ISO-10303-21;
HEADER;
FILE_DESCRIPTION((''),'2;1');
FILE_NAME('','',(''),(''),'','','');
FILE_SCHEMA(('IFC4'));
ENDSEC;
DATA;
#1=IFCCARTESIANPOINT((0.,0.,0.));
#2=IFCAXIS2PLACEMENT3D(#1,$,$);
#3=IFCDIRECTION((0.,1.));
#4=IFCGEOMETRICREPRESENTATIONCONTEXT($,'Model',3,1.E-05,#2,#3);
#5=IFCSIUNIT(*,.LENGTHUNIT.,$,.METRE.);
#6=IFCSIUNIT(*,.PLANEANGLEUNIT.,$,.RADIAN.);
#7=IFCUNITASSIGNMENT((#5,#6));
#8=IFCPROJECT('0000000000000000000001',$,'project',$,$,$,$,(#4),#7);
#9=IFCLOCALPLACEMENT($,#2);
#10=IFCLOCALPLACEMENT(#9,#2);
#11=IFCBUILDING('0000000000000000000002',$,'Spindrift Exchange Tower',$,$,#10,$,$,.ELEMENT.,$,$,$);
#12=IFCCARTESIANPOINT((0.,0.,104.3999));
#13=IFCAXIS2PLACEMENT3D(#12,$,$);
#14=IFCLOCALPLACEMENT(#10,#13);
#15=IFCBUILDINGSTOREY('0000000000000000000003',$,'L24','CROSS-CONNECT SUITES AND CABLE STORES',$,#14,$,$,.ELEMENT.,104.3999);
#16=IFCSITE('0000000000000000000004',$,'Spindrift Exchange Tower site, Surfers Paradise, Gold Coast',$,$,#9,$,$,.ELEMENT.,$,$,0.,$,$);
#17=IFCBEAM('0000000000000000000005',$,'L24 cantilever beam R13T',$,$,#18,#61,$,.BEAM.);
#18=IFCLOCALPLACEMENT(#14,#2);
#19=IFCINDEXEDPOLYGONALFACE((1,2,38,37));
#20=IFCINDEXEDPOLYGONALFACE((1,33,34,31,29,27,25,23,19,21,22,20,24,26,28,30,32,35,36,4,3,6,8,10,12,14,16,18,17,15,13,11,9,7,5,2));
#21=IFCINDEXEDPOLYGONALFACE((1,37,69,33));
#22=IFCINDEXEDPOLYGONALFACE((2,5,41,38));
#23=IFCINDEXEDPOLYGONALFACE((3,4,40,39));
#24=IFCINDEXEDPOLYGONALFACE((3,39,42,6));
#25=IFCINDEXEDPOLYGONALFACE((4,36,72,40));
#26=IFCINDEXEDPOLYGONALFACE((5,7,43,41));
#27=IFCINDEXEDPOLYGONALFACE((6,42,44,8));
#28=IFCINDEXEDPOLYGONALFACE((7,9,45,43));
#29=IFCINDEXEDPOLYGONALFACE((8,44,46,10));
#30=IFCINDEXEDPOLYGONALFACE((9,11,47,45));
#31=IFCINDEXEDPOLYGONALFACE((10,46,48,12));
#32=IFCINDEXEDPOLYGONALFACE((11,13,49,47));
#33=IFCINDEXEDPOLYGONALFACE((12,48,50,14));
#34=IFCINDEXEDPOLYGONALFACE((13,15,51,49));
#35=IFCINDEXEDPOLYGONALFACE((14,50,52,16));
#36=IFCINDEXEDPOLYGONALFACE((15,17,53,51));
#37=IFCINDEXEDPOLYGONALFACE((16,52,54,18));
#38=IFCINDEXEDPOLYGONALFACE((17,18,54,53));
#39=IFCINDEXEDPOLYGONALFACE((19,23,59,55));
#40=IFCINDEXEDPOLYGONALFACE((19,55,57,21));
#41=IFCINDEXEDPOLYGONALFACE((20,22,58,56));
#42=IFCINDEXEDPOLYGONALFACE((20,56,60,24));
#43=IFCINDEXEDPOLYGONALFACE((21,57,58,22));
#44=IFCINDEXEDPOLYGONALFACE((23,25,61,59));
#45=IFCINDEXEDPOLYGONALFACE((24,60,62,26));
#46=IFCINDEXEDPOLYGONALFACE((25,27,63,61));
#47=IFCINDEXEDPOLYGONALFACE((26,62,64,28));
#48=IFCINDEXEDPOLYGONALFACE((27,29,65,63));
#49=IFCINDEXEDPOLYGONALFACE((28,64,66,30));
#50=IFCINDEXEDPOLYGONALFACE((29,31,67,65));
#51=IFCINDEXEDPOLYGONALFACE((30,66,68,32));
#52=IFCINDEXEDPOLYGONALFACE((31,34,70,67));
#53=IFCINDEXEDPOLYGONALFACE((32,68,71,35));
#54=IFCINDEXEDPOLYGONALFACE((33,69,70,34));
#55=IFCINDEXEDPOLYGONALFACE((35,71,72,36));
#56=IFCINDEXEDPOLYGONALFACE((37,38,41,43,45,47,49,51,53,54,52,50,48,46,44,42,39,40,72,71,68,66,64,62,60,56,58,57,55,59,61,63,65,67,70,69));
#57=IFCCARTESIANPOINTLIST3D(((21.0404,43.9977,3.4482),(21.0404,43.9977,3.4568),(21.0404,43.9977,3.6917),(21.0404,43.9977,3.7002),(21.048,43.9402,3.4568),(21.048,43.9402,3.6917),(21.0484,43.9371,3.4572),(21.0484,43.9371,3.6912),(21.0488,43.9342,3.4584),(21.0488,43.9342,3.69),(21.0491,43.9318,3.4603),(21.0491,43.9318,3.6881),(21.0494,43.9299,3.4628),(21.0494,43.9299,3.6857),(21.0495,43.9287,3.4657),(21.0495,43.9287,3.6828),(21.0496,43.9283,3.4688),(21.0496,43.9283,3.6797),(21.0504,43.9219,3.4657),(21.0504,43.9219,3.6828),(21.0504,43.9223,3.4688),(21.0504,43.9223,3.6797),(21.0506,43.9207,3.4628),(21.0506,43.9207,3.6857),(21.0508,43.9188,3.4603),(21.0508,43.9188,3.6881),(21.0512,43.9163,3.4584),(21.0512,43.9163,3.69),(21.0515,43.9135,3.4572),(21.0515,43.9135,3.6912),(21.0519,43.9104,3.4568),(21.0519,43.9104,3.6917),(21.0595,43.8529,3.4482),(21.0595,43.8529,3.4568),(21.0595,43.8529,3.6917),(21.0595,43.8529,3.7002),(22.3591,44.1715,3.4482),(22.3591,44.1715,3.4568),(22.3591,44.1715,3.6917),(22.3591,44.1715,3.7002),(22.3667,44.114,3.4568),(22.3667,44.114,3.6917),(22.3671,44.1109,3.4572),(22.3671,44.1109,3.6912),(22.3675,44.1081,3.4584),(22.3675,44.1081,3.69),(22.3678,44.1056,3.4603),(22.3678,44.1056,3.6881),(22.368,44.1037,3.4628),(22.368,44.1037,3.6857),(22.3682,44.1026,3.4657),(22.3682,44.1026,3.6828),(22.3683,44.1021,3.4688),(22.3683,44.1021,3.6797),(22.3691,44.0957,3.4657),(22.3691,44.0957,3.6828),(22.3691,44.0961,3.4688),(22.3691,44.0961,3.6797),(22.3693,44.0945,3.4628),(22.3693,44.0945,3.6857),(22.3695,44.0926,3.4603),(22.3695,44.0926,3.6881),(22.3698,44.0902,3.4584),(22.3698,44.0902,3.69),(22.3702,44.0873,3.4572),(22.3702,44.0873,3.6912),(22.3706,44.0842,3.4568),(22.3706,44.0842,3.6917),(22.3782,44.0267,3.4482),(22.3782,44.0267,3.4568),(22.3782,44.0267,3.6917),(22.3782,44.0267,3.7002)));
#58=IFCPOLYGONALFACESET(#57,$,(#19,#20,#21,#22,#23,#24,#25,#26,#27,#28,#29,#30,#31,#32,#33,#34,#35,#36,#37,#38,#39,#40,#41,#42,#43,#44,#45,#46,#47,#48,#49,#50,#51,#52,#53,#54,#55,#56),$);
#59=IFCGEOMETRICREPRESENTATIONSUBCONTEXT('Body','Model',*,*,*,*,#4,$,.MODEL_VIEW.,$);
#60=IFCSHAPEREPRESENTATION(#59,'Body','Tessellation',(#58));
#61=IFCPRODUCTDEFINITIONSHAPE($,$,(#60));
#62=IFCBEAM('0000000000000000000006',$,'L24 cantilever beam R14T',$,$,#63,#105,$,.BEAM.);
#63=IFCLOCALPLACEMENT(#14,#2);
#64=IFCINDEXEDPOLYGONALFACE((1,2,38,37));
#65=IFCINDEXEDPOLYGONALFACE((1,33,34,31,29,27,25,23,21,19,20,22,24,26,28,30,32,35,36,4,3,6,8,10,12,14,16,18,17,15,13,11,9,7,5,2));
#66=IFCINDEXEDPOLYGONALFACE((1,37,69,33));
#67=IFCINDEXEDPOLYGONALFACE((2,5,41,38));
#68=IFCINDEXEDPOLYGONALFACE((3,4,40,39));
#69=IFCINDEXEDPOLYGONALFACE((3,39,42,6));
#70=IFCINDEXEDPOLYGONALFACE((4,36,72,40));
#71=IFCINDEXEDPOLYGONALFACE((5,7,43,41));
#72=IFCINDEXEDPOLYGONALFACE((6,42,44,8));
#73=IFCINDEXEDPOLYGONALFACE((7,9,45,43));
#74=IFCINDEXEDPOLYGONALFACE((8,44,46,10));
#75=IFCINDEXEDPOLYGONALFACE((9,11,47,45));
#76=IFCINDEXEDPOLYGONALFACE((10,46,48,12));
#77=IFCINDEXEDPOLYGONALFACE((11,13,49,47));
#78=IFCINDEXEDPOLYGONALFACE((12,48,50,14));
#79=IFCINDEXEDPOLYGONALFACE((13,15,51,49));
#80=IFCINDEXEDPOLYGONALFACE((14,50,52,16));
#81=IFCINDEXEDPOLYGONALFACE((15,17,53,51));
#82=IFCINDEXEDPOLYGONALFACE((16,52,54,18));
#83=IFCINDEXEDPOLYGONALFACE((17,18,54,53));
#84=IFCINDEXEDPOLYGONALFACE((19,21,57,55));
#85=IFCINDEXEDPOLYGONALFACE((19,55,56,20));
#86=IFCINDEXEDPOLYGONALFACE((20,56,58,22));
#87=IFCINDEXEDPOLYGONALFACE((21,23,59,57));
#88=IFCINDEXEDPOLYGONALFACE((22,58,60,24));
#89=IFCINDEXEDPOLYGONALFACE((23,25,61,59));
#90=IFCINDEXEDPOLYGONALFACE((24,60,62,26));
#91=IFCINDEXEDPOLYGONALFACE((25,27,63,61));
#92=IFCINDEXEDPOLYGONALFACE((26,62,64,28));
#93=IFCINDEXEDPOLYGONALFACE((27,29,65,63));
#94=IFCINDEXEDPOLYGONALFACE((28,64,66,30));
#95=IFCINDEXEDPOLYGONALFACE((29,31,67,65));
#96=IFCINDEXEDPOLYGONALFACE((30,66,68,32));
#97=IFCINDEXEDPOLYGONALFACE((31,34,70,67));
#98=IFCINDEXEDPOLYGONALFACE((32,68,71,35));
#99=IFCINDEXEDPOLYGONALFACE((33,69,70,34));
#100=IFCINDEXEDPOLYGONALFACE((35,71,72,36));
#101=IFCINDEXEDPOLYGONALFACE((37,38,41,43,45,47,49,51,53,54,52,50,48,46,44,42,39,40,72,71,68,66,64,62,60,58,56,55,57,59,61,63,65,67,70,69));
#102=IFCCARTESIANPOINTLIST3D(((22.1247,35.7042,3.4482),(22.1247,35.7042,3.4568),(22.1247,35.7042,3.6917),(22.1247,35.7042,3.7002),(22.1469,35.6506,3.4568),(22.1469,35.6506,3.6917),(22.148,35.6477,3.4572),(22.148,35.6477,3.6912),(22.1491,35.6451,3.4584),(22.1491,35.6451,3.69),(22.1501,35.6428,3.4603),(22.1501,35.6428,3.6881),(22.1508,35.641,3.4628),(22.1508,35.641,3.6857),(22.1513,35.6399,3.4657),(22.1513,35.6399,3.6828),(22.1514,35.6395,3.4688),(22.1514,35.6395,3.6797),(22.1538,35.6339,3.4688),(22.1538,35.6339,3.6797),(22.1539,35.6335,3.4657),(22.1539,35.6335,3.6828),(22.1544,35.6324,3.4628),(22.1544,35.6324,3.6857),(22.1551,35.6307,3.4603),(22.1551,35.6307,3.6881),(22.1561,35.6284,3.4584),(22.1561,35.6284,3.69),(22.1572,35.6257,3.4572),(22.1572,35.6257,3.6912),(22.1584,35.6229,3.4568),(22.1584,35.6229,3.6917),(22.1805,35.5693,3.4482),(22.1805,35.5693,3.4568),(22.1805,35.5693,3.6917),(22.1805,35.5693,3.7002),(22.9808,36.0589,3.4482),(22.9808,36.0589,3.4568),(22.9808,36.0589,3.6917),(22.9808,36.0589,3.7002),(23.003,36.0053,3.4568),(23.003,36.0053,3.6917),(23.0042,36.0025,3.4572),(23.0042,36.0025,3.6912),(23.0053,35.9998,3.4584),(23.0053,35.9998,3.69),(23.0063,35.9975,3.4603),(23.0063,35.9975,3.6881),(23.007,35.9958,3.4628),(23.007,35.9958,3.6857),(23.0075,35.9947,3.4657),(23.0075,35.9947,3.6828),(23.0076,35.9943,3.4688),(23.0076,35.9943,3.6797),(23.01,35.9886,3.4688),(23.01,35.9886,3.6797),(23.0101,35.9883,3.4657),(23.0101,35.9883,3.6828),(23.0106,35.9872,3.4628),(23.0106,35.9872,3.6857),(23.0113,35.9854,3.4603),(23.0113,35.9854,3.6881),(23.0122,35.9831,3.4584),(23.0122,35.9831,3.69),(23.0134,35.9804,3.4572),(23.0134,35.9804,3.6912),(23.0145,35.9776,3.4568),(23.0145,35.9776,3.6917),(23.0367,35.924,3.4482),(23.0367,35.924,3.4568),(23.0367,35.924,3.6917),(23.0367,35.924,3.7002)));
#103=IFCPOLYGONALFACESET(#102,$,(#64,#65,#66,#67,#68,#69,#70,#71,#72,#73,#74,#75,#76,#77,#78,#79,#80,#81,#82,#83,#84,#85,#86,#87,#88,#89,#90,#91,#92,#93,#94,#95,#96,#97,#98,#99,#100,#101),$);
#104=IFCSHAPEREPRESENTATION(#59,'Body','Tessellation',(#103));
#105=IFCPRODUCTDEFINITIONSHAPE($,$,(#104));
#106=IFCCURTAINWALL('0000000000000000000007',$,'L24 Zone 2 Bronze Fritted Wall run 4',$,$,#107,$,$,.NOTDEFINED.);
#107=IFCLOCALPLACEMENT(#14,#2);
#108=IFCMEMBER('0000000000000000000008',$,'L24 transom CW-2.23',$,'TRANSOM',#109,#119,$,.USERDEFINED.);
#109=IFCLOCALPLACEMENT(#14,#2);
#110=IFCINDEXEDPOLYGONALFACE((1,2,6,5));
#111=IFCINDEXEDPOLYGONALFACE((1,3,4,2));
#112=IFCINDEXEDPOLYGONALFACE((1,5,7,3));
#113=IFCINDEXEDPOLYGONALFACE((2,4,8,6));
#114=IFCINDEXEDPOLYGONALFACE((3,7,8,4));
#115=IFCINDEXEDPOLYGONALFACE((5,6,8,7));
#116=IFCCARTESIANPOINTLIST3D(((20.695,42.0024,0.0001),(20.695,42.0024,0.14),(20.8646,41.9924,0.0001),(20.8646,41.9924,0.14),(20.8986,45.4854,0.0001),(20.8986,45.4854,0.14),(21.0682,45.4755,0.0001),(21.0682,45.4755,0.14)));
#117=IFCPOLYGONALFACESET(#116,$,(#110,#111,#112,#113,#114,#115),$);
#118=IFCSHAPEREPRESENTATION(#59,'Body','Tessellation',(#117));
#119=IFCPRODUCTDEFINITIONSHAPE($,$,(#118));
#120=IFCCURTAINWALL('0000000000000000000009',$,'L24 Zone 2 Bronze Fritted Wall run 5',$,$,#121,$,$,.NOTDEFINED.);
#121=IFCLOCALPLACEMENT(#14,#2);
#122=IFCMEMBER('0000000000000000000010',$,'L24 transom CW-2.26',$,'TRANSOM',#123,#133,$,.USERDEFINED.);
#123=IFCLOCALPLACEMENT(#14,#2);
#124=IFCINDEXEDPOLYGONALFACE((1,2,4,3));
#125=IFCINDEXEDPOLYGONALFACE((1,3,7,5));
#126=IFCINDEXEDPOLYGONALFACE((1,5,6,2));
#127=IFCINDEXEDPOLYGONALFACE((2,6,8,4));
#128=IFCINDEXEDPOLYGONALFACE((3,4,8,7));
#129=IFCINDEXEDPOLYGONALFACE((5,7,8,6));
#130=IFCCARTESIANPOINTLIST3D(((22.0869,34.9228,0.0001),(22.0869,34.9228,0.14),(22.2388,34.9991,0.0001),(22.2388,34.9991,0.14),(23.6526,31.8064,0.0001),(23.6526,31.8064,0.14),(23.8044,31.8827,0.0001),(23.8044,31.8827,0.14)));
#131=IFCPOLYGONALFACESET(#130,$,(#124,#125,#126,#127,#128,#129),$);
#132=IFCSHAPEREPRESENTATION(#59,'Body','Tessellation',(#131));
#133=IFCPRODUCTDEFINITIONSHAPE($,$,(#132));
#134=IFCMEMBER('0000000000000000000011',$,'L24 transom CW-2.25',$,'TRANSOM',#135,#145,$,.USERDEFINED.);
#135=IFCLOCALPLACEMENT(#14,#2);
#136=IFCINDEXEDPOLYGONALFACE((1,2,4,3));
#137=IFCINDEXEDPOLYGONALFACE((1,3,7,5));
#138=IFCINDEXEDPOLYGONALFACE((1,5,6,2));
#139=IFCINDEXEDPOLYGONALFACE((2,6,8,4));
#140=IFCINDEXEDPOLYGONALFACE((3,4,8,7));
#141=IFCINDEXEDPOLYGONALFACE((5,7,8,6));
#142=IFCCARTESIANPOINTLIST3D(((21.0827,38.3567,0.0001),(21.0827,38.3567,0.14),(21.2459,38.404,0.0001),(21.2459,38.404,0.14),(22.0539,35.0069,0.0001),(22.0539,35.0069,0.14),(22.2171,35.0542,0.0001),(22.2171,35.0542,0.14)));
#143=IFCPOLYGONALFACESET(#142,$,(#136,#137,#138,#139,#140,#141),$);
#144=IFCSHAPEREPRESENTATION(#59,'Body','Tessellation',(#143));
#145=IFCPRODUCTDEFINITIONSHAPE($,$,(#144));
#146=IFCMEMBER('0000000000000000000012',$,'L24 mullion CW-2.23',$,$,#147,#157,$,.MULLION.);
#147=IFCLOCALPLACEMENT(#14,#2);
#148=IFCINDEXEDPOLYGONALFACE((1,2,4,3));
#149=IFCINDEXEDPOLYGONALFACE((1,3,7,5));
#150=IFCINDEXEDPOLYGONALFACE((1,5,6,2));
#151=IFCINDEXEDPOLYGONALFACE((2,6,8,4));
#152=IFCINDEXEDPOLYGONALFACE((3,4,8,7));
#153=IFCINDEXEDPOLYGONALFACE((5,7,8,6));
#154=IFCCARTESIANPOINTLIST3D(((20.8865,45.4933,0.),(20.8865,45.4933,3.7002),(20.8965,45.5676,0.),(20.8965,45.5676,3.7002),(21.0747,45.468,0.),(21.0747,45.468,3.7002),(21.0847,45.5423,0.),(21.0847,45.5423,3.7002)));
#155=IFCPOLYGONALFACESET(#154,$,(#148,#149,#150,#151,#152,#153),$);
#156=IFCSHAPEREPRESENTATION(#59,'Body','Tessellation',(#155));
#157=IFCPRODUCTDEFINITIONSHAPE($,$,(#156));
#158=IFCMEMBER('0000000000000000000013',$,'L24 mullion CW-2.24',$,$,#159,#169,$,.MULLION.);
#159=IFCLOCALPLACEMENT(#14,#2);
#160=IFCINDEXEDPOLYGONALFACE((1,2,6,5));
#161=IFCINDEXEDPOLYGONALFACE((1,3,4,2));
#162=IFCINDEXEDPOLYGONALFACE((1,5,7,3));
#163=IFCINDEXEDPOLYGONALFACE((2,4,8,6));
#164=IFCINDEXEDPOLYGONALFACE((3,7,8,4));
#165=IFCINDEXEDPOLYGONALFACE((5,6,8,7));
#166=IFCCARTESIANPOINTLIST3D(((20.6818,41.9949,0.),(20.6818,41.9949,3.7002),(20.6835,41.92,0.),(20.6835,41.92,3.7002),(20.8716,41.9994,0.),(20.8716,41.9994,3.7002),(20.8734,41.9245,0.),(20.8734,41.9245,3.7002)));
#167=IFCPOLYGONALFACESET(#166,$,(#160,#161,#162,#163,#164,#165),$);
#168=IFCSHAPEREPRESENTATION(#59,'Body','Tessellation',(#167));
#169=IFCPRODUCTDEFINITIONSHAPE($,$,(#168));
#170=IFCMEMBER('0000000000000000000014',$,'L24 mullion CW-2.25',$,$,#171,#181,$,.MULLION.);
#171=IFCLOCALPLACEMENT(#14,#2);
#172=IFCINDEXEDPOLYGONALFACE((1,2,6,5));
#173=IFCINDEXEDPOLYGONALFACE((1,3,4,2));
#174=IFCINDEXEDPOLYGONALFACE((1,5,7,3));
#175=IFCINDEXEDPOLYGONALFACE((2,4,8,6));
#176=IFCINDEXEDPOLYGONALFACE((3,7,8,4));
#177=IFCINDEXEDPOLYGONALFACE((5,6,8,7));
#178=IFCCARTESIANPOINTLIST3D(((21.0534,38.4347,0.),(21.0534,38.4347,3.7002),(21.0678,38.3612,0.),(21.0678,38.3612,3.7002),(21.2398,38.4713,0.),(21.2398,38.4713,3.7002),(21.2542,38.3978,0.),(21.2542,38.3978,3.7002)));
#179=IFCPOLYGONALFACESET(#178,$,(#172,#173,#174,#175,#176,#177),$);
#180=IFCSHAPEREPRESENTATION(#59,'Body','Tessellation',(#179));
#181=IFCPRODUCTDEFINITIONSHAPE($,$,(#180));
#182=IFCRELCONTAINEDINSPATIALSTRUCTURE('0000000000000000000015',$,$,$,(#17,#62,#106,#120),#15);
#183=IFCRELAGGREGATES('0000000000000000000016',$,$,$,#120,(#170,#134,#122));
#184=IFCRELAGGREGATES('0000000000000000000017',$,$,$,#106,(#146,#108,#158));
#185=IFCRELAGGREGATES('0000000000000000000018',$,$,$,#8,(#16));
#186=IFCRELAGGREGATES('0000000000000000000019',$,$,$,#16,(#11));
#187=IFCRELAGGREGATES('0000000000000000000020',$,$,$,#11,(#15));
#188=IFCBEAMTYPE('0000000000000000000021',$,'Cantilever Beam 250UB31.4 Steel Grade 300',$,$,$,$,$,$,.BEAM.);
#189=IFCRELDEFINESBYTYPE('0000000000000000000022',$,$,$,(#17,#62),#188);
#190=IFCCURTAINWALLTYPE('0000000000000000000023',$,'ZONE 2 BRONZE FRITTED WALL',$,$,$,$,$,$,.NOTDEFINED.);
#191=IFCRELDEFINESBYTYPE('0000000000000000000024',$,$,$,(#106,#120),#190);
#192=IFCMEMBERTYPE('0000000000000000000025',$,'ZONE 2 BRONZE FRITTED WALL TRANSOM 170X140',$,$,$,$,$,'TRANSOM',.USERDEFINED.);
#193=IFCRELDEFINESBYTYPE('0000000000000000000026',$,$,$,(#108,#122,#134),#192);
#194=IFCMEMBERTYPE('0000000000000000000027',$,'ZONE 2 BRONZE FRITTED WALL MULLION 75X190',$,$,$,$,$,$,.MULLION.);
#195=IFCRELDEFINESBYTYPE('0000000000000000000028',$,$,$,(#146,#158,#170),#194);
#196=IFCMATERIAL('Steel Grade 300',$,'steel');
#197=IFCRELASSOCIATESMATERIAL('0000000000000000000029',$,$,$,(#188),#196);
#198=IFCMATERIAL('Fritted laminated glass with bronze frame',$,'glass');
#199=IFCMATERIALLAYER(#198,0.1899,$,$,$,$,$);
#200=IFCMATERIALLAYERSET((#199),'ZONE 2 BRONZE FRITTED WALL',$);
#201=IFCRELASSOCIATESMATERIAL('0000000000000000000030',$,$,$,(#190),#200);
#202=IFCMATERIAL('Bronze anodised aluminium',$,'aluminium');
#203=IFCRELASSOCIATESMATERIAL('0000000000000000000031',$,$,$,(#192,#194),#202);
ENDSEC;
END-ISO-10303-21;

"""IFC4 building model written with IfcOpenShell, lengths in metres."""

from ifc_helpers import new_model, si_unit, direction, frame, origin, origin_2d, place, context, subcontext, project, spatial, rectangle, i_section, extrude, source, transform, mapped, material, layer, layer_set, material_profile, profile_set, type_object, element, aggregate, save


model = new_model("IFC4")

# Units and contexts
model_context = context("Model", 3, precision=1e-05, world=origin(), true_north=direction((0.0, 1.0)))
body_context = subcontext(model_context, "Body", "Model", "MODEL_VIEW")
ifc_project = project(units=[si_unit("LENGTHUNIT", "METRE"), si_unit("PLANEANGLEUNIT", "RADIAN")], contexts=[model_context])

# Site, building, storey
site_placement = place(None, origin())
site = spatial("IfcSite", under=ifc_project, at=site_placement, Name="Spindrift Exchange Tower site, Surfers Paradise, Gold Coast", CompositionType="ELEMENT", RefElevation=0.0)
building_placement = place(site_placement, origin())
building = spatial("IfcBuilding", under=site, at=building_placement, Name="Spindrift Exchange Tower", CompositionType="ELEMENT")
storey_placement = place(building_placement, frame((0.0, 0.0, 104.3999)))
storey = spatial("IfcBuildingStorey", under=building, at=storey_placement, Name="L24", Description="CROSS-CONNECT SUITES AND CABLE STORES", CompositionType="ELEMENT", Elevation=104.3999)

# Beams
ifc_material_1 = material(Name="Steel Grade 300", Category="steel")
ifc_material_profile_1 = material_profile(ifc_material_1, i_section(OverallWidth=0.146, OverallDepth=0.252, WebThickness=0.0061, FlangeThickness=0.0085, FilletRadius=0.012, at=origin_2d()), Name="250UB31.4")
ifc_profile_set_1 = profile_set([ifc_material_profile_1], Name="Steel Grade 300")
beam_type_1 = type_object("IfcBeamType", Name="Cantilever Beam 250UB31.4 Steel Grade 300", PredefinedType="BEAM", material=ifc_profile_set_1)
shared_shape_1 = source(origin(), body_context, "Body", "SweptSolid", [
    extrude(i_section(OverallWidth=0.146, OverallDepth=0.252, WebThickness=0.0061, FlangeThickness=0.0085, FilletRadius=0.012, at=origin_2d()), origin(), (0.0, 0.0, 1.0), 1.3301),
])
beam_1_placement = place(storey_placement, frame((22.3687, 44.0991, 3.5742), z_axis=(-0.991422, -0.130697, 0.0), x_axis=(0.130697, -0.991422, 0.0)))
element("IfcBeam", 1, at=beam_1_placement, inside=storey, type_object=beam_type_1, Name="L24 cantilever beam R13T", PredefinedType="BEAM", context=body_context, shape_type="MappedRepresentation", body=[
    mapped(shared_shape_1, transform((0.0, 0.0, 0.0), scale=1.0)),
])
shared_shape_2 = source(origin(), body_context, "Body", "SweptSolid", [
    extrude(i_section(OverallWidth=0.146, OverallDepth=0.252, WebThickness=0.0061, FlangeThickness=0.0085, FilletRadius=0.012, at=origin_2d()), origin(), (0.0, 0.0, 1.0), 0.9268),
])
beam_2_placement = place(storey_placement, frame((23.0088, 35.9915, 3.5742), z_axis=(-0.923847, -0.382763, 0.0), x_axis=(0.382763, -0.923847, 0.0)))
element("IfcBeam", 2, at=beam_2_placement, inside=storey, type_object=beam_type_1, Name="L24 cantilever beam R14T", PredefinedType="BEAM", context=body_context, shape_type="MappedRepresentation", body=[
    mapped(shared_shape_2, transform((0.0, 0.0, 0.0), scale=1.0)),
])

# Curtain wall, member
ifc_material_2 = material(Name="Fritted laminated glass with bronze frame", Category="glass")
ifc_layer_1 = layer(ifc_material_2, 0.1899)
ifc_layer_set_1 = layer_set([ifc_layer_1], Name="ZONE 2 BRONZE FRITTED WALL")
curtain_wall_type = type_object("IfcCurtainWallType", Name="ZONE 2 BRONZE FRITTED WALL", PredefinedType="NOTDEFINED", material=ifc_layer_set_1)
curtain_wall_1_placement = place(storey_placement, origin())
curtain_wall_1 = element("IfcCurtainWall", 3, at=curtain_wall_1_placement, inside=storey, type_object=curtain_wall_type, Name="L24 Zone 2 Bronze Fritted Wall run 4", PredefinedType="NOTDEFINED")
ifc_material_3 = material(Name="Bronze anodised aluminium", Category="aluminium")
ifc_material_profile_2 = material_profile(ifc_material_3, rectangle(XDim=0.1699, YDim=0.1399, at=origin_2d()), Name="ZONE 2 BRONZE FRITTED WALL TRANSOM 170X140")
ifc_profile_set_2 = profile_set([ifc_material_profile_2], Name="Bronze anodised aluminium")
member_type_1 = type_object("IfcMemberType", Name="ZONE 2 BRONZE FRITTED WALL TRANSOM 170X140", ElementType="TRANSOM", PredefinedType="USERDEFINED", material=ifc_profile_set_2)
shared_shape_3 = source(origin(), body_context, "Body", "SweptSolid", [
    extrude(rectangle(XDim=0.1699, YDim=0.1399, at=origin_2d()), origin(), (0.0, 0.0, 1.0), 3.489),
])
member_1_placement = place(storey_placement, frame((20.9834, 45.4805, 0.0701), z_axis=(-0.058357, -0.998296, 0.0), x_axis=(0.998296, -0.058357, 0.0)))
member_1 = element("IfcMember", 4, at=member_1_placement, type_object=member_type_1, Name="L24 transom CW-2.23", ObjectType="TRANSOM", PredefinedType="USERDEFINED", context=body_context, shape_type="MappedRepresentation", body=[
    mapped(shared_shape_3, transform((0.0, 0.0, 0.0), scale=1.0)),
])

# Curtain wall, members
curtain_wall_2_placement = place(storey_placement, origin())
curtain_wall_2 = element("IfcCurtainWall", 5, at=curtain_wall_2_placement, inside=storey, type_object=curtain_wall_type, Name="L24 Zone 2 Bronze Fritted Wall run 5", PredefinedType="NOTDEFINED")
shared_shape_4 = source(origin(), body_context, "Body", "SweptSolid", [
    extrude(rectangle(XDim=0.1699, YDim=0.1399, at=origin_2d()), origin(), (0.0, 0.0, 1.0), 3.4875),
])
member_2_placement = place(storey_placement, frame((22.1628, 34.9609, 0.0701), z_axis=(0.448921, -0.893572, 0.0), x_axis=(0.893572, 0.448921, 0.0)))
member_2 = element("IfcMember", 6, at=member_2_placement, type_object=member_type_1, Name="L24 transom CW-2.26", ObjectType="TRANSOM", PredefinedType="USERDEFINED", context=body_context, shape_type="MappedRepresentation", body=[
    mapped(shared_shape_4, transform((0.0, 0.0, 0.0), scale=1.0)),
])
shared_shape_5 = source(origin(), body_context, "Body", "SweptSolid", [
    extrude(rectangle(XDim=0.1699, YDim=0.1399, at=origin_2d()), origin(), (0.0, 0.0, 1.0), 3.4878),
])
member_3_placement = place(storey_placement, frame((21.1643, 38.3804, 0.0701), z_axis=(0.278454, -0.96045, 0.0), x_axis=(0.96045, 0.278454, 0.0)))
member_3 = element("IfcMember", 7, at=member_3_placement, type_object=member_type_1, Name="L24 transom CW-2.25", ObjectType="TRANSOM", PredefinedType="USERDEFINED", context=body_context, shape_type="MappedRepresentation", body=[
    mapped(shared_shape_5, transform((0.0, 0.0, 0.0), scale=1.0)),
])

# Members
ifc_material_profile_3 = material_profile(ifc_material_3, rectangle(XDim=0.075, YDim=0.1899, at=origin_2d()), Name="ZONE 2 BRONZE FRITTED WALL MULLION 75X190")
ifc_profile_set_3 = profile_set([ifc_material_profile_3], Name="Bronze anodised aluminium")
member_type_2 = type_object("IfcMemberType", Name="ZONE 2 BRONZE FRITTED WALL MULLION 75X190", PredefinedType="MULLION", material=ifc_profile_set_3)
shared_shape_6 = source(origin(), body_context, "Body", "SweptSolid", [
    extrude(rectangle(XDim=0.075, YDim=0.1899, at=origin_2d()), origin(), (0.0, 0.0, 1.0), 3.7002),
])
member_4_placement = place(storey_placement, frame((20.9856, 45.5178, 0.0), z_axis=(0.0, 0.0, 1.0), x_axis=(-0.132998, -0.991116, 0.0)))
member_4 = element("IfcMember", 8, at=member_4_placement, type_object=member_type_2, Name="L24 mullion CW-2.23", PredefinedType="MULLION", context=body_context, shape_type="MappedRepresentation", body=[
    mapped(shared_shape_6, transform((0.0, 0.0, 0.0), scale=1.0)),
])
member_5_placement = place(storey_placement, frame((20.7776, 41.9597, 0.0), z_axis=(0.0, 0.0, 1.0), x_axis=(0.0237, -0.999719, 0.0)))
member_5 = element("IfcMember", 9, at=member_5_placement, type_object=member_type_2, Name="L24 mullion CW-2.24", PredefinedType="MULLION", context=body_context, shape_type="MappedRepresentation", body=[
    mapped(shared_shape_6, transform((0.0, 0.0, 0.0), scale=1.0)),
])
member_6_placement = place(storey_placement, frame((21.1538, 38.4163, 0.0), z_axis=(0.0, 0.0, 1.0), x_axis=(0.192793, -0.981239, 0.0)))
member_6 = element("IfcMember", 10, at=member_6_placement, type_object=member_type_2, Name="L24 mullion CW-2.25", PredefinedType="MULLION", context=body_context, shape_type="MappedRepresentation", body=[
    mapped(shared_shape_6, transform((0.0, 0.0, 0.0), scale=1.0)),
])

aggregate(curtain_wall_2, [member_6, member_3, member_2])
aggregate(curtain_wall_1, [member_4, member_1, member_5])

save(model, "model.ifc")
